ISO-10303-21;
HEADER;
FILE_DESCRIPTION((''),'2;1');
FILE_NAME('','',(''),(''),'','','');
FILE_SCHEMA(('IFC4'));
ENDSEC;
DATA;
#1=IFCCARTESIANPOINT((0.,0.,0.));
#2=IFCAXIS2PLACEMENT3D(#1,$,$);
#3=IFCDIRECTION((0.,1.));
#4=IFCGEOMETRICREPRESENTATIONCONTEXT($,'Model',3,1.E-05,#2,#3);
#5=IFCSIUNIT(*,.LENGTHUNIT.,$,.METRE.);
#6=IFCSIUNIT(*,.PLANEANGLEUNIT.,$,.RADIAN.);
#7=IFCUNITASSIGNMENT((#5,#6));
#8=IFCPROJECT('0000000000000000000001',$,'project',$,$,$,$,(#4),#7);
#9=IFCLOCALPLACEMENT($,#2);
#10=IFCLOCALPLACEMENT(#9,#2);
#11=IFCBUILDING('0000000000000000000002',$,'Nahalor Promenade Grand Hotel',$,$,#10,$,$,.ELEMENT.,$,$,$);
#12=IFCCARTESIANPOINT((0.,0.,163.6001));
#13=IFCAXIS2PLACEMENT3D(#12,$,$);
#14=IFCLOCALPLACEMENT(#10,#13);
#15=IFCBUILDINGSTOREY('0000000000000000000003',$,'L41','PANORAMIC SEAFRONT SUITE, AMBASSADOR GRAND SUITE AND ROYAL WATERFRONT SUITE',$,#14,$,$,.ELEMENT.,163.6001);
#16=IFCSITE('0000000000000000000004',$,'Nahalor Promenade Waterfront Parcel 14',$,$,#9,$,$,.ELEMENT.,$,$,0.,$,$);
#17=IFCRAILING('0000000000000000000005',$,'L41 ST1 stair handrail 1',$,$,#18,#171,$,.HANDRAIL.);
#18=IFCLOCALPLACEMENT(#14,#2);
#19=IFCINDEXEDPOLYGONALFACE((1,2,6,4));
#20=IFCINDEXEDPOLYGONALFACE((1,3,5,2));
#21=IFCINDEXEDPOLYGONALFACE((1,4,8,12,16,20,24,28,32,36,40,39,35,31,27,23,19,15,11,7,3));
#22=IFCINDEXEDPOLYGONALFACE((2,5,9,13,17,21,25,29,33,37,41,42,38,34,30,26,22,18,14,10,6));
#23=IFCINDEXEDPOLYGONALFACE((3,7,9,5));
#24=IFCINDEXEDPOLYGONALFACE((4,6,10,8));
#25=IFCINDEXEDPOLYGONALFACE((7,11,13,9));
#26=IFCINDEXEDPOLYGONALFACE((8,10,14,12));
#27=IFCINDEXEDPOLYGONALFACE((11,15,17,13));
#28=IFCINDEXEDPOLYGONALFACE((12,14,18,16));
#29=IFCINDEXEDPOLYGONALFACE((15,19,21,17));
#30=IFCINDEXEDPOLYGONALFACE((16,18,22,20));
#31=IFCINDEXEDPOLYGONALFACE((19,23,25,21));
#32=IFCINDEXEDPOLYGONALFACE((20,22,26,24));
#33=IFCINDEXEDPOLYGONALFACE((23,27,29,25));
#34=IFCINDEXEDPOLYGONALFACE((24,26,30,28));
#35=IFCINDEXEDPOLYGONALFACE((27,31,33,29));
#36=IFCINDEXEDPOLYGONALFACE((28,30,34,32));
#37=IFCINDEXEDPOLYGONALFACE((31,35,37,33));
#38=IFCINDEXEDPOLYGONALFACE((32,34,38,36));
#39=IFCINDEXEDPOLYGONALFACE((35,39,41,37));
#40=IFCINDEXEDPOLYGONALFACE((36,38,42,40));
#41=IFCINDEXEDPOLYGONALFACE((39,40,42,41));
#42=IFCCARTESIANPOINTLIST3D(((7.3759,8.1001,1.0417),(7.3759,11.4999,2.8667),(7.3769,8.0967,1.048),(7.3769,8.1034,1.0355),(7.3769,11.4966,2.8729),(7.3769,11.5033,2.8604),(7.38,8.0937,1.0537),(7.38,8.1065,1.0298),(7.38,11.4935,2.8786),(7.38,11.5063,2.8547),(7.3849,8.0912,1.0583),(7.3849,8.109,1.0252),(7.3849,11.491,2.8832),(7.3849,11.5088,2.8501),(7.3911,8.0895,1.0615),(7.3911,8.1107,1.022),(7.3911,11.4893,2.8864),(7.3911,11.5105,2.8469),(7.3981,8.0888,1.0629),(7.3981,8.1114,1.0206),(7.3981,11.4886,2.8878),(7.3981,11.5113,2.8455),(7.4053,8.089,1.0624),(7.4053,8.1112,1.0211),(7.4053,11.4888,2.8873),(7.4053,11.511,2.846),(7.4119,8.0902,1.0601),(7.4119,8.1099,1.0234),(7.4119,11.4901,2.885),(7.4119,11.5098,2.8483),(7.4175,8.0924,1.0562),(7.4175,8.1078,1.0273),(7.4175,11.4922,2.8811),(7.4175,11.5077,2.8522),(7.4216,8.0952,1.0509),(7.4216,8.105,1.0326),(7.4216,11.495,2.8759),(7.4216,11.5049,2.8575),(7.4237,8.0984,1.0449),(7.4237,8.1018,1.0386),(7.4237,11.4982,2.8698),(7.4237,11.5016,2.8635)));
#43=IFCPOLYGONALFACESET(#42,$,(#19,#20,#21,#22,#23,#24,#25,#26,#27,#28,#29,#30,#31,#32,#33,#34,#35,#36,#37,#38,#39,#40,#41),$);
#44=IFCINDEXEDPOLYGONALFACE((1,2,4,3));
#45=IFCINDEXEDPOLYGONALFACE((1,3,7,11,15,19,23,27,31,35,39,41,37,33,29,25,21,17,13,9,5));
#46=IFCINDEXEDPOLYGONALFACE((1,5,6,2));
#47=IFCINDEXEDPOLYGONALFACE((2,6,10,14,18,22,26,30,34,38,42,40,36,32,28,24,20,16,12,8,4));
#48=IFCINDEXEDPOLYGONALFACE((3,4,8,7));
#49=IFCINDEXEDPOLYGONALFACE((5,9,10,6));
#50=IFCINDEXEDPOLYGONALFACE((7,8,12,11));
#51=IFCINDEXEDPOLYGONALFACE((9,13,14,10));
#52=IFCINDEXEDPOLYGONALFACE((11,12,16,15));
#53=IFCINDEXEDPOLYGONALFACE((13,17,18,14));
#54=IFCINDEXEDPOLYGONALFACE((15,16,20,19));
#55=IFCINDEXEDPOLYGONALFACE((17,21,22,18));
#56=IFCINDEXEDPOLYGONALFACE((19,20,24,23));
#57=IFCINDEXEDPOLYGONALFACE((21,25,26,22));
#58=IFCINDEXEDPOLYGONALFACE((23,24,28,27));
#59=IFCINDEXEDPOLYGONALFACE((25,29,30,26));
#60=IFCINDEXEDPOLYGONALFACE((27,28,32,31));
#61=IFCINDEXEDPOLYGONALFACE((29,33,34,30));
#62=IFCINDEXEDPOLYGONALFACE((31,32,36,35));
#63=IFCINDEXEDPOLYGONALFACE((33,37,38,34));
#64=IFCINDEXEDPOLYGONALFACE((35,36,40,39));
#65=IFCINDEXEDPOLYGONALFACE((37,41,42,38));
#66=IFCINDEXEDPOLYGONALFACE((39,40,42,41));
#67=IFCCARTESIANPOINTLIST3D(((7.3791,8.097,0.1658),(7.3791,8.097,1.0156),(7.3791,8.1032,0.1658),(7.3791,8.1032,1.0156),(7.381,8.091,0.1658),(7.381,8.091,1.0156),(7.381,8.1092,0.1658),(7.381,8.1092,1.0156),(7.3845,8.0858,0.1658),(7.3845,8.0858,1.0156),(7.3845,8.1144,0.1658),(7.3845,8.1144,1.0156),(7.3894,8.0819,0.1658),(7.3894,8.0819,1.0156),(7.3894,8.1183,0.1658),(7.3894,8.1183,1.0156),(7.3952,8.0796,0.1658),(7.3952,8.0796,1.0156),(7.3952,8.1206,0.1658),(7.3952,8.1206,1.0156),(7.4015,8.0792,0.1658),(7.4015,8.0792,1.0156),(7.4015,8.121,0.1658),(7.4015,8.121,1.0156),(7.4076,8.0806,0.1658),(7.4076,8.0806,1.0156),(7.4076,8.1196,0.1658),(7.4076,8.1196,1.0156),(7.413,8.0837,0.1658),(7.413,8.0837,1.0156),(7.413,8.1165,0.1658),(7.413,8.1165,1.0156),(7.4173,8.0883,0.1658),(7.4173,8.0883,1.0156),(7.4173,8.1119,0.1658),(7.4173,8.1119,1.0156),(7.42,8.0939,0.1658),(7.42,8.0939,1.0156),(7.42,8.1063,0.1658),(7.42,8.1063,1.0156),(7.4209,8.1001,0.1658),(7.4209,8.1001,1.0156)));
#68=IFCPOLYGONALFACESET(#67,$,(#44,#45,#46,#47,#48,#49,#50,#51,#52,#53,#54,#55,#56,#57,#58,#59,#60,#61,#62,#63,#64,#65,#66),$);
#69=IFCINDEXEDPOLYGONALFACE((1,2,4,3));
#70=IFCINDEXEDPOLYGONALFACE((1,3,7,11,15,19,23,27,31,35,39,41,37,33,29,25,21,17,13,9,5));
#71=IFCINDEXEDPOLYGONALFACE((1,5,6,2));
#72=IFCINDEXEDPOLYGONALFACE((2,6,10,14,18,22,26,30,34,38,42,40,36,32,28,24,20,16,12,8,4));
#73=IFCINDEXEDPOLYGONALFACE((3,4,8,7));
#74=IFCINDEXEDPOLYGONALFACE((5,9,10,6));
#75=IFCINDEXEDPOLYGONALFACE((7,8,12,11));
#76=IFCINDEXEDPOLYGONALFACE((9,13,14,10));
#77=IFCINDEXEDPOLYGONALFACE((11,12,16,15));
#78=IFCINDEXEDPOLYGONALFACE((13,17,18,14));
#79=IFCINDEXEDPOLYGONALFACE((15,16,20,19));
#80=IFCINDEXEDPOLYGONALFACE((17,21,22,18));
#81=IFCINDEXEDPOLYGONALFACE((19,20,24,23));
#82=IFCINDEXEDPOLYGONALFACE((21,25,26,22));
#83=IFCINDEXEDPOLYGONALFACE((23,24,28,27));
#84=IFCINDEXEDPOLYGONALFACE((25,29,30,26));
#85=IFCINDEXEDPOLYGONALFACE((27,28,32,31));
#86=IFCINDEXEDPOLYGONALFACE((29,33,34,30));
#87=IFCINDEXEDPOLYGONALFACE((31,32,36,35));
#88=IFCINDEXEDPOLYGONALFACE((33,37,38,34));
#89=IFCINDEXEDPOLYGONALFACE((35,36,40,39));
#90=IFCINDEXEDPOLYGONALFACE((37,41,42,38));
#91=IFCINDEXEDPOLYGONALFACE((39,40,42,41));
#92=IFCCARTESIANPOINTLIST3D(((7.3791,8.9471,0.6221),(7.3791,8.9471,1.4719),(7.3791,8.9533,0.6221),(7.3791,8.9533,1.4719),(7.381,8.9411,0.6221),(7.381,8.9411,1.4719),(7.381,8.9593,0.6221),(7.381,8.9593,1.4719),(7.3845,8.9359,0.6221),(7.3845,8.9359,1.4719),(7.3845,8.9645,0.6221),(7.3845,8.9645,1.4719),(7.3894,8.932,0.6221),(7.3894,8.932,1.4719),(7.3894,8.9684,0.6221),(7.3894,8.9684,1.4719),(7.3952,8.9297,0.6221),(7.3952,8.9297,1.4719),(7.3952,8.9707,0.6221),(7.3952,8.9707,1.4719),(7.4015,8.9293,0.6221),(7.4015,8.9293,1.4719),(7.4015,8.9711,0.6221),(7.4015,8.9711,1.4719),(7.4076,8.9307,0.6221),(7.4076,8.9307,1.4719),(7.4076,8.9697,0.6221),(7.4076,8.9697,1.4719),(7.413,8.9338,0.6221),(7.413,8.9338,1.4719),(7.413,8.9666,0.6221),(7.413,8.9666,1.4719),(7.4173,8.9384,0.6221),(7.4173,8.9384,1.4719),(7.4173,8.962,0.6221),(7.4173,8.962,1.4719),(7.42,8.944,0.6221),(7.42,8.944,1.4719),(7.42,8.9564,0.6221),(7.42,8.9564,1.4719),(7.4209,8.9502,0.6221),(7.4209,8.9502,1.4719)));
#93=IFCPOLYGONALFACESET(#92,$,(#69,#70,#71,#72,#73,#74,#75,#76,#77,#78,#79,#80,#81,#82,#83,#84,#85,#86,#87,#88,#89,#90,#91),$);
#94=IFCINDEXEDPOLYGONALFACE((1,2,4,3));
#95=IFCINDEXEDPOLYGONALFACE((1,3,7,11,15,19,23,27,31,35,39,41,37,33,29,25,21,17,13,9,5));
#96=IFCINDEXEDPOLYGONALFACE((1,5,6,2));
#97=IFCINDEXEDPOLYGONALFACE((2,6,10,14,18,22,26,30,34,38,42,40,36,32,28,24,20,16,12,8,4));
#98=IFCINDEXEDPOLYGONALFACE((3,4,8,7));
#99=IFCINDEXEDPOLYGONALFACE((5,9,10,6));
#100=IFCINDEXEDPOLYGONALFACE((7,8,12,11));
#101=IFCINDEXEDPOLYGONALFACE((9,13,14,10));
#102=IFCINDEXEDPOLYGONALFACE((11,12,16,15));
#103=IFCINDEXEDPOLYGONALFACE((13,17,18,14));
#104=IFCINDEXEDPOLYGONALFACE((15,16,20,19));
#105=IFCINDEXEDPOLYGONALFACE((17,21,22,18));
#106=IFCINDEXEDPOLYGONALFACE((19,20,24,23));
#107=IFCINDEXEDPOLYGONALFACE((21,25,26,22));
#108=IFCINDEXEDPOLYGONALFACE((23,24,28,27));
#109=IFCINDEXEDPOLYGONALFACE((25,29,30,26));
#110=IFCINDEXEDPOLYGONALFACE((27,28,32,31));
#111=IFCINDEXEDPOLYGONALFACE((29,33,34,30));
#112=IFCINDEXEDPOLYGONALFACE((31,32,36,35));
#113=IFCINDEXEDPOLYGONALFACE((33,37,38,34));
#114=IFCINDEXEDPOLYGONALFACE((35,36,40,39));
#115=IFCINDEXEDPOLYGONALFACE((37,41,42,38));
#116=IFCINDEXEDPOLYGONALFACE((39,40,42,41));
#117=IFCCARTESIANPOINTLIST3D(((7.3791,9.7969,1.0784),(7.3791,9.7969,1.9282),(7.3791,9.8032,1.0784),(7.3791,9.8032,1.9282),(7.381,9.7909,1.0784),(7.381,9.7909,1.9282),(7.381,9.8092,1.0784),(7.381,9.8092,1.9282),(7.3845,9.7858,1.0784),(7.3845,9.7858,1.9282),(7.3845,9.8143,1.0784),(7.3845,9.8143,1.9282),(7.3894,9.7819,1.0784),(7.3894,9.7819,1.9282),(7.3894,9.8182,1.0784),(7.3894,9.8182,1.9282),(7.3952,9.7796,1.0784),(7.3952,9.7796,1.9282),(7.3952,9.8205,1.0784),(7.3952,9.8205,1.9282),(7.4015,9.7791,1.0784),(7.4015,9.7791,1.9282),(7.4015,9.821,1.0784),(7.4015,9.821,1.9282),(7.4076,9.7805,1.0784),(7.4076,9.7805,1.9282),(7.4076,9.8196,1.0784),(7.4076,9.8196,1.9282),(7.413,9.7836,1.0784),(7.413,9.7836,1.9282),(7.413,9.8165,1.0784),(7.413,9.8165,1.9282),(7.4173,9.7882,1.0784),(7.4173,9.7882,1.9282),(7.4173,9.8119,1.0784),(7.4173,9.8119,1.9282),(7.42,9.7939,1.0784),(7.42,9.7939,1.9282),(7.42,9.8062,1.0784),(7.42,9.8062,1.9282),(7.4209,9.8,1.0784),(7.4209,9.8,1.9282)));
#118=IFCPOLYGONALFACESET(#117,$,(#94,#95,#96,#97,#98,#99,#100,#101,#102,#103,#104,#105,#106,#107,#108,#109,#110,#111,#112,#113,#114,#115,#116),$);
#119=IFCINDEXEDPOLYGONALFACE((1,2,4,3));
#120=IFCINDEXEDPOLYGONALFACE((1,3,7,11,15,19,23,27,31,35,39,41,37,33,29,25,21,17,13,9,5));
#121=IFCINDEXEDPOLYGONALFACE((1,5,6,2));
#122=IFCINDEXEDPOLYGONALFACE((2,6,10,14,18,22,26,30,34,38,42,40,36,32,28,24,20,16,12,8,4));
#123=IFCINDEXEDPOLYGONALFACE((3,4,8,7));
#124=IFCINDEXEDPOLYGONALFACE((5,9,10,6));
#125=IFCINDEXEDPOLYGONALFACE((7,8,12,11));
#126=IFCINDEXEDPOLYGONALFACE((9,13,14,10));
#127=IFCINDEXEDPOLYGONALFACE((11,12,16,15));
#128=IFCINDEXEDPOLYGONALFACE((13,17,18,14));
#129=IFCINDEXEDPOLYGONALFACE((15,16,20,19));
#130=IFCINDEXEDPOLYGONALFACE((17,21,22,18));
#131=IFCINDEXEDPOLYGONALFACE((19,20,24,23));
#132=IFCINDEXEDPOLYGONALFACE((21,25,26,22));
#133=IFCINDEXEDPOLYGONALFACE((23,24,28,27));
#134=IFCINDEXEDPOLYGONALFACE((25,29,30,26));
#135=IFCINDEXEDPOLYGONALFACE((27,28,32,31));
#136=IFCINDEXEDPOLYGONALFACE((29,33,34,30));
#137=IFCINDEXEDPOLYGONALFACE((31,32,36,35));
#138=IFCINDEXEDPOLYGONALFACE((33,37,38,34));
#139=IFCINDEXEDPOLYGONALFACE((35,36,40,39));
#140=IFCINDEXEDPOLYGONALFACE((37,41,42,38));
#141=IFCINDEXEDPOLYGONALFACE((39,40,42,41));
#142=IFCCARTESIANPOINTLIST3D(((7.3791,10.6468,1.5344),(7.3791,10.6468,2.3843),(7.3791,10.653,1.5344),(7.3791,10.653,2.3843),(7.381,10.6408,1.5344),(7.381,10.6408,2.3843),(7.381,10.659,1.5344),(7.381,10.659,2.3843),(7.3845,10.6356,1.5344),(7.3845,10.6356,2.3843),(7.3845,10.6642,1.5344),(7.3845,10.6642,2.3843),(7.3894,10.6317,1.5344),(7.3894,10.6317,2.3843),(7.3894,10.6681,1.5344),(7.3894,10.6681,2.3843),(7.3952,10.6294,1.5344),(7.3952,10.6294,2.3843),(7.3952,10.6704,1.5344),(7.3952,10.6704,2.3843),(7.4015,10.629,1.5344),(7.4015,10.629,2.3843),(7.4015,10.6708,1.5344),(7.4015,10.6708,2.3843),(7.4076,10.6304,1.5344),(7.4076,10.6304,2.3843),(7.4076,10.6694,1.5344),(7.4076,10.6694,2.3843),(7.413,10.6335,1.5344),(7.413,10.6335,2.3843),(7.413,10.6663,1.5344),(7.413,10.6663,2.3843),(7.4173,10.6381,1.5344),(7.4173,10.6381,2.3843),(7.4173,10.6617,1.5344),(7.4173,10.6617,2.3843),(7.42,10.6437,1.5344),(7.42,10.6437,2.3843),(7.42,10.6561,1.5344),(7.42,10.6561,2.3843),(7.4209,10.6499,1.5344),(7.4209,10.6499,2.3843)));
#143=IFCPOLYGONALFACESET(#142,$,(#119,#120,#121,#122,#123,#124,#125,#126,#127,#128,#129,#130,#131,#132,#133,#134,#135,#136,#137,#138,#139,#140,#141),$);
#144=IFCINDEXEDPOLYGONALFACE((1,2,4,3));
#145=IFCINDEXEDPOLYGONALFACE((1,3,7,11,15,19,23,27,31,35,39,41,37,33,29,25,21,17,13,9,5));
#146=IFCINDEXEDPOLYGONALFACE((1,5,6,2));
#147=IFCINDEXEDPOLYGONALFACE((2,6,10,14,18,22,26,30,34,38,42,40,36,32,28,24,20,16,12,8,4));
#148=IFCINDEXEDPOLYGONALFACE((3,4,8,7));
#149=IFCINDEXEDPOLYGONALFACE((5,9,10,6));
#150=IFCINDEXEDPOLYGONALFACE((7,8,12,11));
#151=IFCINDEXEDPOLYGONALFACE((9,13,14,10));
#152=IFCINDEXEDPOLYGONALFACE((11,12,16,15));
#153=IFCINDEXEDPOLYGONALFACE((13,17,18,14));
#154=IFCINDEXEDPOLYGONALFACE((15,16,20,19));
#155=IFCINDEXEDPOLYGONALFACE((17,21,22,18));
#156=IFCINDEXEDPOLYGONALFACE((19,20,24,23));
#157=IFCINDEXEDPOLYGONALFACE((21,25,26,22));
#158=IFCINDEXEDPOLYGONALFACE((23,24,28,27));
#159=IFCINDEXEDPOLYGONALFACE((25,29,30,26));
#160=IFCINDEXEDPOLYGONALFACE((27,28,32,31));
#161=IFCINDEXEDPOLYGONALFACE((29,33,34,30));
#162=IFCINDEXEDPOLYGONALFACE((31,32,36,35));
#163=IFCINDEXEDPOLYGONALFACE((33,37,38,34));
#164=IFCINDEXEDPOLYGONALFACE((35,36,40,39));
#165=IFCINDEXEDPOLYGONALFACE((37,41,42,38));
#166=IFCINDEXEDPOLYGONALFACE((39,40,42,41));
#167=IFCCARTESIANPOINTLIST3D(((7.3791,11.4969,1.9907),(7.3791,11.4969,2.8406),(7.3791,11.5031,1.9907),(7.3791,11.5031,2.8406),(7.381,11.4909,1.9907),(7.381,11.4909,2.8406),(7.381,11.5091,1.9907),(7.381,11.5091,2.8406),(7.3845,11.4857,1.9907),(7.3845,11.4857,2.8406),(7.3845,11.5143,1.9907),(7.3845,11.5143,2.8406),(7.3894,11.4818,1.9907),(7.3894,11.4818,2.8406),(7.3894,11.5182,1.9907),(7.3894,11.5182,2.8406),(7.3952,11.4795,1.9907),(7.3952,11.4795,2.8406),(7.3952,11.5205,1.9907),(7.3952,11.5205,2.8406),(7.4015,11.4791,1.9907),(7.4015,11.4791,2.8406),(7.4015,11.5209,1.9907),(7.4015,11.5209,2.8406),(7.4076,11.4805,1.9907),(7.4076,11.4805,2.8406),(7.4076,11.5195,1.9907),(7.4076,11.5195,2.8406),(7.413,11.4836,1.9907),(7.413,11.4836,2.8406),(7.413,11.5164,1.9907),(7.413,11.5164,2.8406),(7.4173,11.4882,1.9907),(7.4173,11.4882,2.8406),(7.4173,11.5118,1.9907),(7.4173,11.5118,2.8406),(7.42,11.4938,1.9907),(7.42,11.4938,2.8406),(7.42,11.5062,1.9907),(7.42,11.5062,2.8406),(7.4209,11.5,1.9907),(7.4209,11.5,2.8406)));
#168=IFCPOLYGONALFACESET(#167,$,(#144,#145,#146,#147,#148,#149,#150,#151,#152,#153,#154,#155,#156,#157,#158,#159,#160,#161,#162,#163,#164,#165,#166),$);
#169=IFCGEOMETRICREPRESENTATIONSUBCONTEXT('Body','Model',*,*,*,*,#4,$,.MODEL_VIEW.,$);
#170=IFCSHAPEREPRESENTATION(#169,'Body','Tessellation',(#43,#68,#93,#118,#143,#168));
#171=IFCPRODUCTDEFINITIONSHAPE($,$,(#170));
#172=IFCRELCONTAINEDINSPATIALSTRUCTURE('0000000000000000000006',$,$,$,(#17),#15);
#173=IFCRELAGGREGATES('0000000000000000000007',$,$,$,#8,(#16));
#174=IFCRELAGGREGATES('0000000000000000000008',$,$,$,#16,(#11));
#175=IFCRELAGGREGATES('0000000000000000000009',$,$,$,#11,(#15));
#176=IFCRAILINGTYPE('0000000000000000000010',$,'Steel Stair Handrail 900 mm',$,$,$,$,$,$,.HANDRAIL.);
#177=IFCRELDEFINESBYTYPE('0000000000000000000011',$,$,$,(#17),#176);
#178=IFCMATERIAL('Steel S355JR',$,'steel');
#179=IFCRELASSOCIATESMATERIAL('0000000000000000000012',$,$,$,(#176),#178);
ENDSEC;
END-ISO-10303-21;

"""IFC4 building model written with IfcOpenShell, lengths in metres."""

from ifc_helpers import new_model, si_unit, direction, frame, origin, origin_2d, place, context, subcontext, project, spatial, circle, extrude, material, type_object, element, save


model = new_model("IFC4")

# Units and contexts
model_context = context("Model", 3, precision=1e-05, world=origin(), true_north=direction((0.0, 1.0)))
body_context = subcontext(model_context, "Body", "Model", "MODEL_VIEW")
ifc_project = project(units=[si_unit("LENGTHUNIT", "METRE"), si_unit("PLANEANGLEUNIT", "RADIAN")], contexts=[model_context])

# Site, building, storey
site_placement = place(None, origin())
site = spatial("IfcSite", under=ifc_project, at=site_placement, Name="Nahalor Promenade Waterfront Parcel 14", CompositionType="ELEMENT", RefElevation=0.0)
building_placement = place(site_placement, origin())
building = spatial("IfcBuilding", under=site, at=building_placement, Name="Nahalor Promenade Grand Hotel", CompositionType="ELEMENT")
storey_placement = place(building_placement, frame((0.0, 0.0, 163.6001)))
storey = spatial("IfcBuildingStorey", under=building, at=storey_placement, Name="L41", Description="PANORAMIC SEAFRONT SUITE, AMBASSADOR GRAND SUITE AND ROYAL WATERFRONT SUITE", CompositionType="ELEMENT", Elevation=163.6001)

# Shared definitions
ifc_material_1 = material(Name="Steel S355JR", Category="steel")

# Railing
railing_type_1 = type_object("IfcRailingType", Name="Steel Stair Handrail 900 mm", PredefinedType="HANDRAIL", material=ifc_material_1)
railing_1_placement = place(storey_placement, frame((7.3999, 8.1001, 0.1658)))
element("IfcRailing", 1, at=railing_1_placement, inside=storey, type_object=railing_type_1, Name="L41 ST1 stair handrail 1", PredefinedType="HANDRAIL", context=body_context, shape_type="SweptSolid", body=[
    extrude(circle(Radius=0.024, at=origin_2d()), frame((0.0, 0.0, 0.876), z_axis=(0.0, 0.881094, 0.472941), x_axis=(-1.0, 0.0, 0.0)), (0.0, 0.0, 1.0), 3.8586),
    extrude(circle(Radius=0.021, at=origin_2d()), origin(), (0.0, 0.0, 1.0), 0.8499),
    extrude(circle(Radius=0.021, at=origin_2d()), frame((0.0, 0.8501, 0.4563)), (0.0, 0.0, 1.0), 0.8499),
    extrude(circle(Radius=0.021, at=origin_2d()), frame((0.0, 1.7, 0.9126)), (0.0, 0.0, 1.0), 0.8499),
    extrude(circle(Radius=0.021, at=origin_2d()), frame((0.0, 2.5498, 1.3687)), (0.0, 0.0, 1.0), 0.8499),
    extrude(circle(Radius=0.021, at=origin_2d()), frame((0.0, 3.3999, 1.825)), (0.0, 0.0, 1.0), 0.8499),
])

save(model, "model.ifc")
